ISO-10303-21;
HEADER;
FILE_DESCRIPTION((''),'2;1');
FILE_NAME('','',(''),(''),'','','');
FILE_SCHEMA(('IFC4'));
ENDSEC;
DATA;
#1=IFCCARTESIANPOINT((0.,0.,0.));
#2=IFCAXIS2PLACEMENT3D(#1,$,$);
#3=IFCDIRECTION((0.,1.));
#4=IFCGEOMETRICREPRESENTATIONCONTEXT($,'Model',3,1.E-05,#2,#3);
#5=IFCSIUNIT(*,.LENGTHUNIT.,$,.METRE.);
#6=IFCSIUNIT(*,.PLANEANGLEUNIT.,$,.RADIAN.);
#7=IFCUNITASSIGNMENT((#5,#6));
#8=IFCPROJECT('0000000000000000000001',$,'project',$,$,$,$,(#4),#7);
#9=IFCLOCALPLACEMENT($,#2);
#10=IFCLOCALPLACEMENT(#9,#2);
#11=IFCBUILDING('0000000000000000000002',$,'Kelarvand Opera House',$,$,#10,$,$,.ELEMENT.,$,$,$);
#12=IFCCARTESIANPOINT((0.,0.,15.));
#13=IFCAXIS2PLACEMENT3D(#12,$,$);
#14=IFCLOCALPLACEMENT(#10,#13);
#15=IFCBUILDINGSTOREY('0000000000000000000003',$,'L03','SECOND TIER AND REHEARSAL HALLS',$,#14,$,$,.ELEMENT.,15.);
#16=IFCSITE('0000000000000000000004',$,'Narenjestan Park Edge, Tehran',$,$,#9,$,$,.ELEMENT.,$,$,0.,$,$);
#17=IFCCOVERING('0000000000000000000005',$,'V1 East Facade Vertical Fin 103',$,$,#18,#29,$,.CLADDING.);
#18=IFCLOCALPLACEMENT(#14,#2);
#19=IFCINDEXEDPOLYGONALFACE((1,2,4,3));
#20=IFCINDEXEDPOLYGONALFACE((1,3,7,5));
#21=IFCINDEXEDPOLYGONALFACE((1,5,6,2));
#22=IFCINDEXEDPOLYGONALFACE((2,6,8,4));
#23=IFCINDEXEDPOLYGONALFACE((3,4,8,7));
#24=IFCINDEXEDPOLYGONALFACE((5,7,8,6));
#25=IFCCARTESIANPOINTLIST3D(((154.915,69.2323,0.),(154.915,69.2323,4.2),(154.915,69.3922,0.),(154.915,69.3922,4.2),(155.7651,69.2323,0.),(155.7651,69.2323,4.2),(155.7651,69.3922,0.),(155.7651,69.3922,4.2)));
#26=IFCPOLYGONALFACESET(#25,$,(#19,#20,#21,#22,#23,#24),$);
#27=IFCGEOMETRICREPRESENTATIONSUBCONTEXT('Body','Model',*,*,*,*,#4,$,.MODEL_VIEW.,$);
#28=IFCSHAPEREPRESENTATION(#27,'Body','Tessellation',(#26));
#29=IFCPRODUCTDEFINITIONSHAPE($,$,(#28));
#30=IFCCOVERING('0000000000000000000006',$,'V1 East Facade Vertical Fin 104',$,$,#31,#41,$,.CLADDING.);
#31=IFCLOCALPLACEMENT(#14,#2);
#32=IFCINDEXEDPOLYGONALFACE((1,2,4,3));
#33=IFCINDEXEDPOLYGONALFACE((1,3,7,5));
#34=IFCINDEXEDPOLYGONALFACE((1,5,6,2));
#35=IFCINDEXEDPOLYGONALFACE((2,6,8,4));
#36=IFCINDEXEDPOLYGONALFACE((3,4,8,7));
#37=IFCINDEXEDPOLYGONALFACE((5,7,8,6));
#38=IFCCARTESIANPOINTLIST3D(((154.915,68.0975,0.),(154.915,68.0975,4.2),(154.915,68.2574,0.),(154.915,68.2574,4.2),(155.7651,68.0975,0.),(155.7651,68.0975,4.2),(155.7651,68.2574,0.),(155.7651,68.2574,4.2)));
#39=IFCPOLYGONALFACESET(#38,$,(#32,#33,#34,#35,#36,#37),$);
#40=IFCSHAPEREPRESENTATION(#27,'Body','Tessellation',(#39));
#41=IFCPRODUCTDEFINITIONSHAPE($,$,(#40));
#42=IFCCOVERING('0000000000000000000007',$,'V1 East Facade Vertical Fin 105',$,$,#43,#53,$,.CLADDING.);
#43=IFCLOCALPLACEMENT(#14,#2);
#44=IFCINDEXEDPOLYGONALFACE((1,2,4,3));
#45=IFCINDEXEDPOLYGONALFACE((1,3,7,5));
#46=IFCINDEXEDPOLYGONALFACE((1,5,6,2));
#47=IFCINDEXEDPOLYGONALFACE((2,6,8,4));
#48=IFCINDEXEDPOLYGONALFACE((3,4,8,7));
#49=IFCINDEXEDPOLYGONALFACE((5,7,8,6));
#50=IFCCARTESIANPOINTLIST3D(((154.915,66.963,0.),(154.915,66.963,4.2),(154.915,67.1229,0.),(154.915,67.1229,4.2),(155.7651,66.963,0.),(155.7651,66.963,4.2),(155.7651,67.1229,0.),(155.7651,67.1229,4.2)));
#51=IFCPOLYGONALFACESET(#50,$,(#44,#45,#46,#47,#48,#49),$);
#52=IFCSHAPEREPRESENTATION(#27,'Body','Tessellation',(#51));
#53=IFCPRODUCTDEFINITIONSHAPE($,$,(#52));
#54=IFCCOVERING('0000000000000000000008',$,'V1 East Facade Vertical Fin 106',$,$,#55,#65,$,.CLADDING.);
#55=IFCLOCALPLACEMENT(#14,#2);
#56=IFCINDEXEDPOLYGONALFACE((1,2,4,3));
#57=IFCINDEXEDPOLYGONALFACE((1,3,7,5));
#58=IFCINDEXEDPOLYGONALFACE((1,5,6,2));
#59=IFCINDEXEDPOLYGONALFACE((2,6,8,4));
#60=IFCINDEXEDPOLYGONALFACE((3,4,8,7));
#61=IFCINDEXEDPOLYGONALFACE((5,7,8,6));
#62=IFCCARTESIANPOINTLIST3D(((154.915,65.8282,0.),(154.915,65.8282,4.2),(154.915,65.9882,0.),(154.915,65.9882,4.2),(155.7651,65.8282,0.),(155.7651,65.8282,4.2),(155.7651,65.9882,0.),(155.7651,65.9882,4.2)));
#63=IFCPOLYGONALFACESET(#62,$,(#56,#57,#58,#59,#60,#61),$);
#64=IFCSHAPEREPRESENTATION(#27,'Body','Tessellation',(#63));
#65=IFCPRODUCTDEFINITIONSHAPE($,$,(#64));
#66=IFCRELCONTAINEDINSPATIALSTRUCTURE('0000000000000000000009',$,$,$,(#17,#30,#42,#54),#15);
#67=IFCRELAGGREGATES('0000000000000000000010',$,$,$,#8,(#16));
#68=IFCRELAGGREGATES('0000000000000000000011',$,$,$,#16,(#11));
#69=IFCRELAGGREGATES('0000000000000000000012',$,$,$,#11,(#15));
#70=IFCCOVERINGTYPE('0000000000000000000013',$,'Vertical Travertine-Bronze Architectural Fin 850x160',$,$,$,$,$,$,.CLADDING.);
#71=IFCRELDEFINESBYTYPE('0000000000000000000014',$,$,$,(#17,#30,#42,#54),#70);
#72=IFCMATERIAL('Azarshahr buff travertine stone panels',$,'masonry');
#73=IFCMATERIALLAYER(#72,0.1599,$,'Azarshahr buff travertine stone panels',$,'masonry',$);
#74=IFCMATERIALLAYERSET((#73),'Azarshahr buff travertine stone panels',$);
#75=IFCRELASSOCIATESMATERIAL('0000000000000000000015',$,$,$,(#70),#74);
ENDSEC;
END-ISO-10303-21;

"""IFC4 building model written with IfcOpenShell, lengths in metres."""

from ifc_helpers import new_model, si_unit, direction, frame, origin, origin_2d, place, context, subcontext, project, spatial, rectangle, extrude, material, layer, layer_set, type_object, element, save


model = new_model("IFC4")

# Units and contexts
model_context = context("Model", 3, precision=1e-05, world=origin(), true_north=direction((0.0, 1.0)))
body_context = subcontext(model_context, "Body", "Model", "MODEL_VIEW")
ifc_project = project(units=[si_unit("LENGTHUNIT", "METRE"), si_unit("PLANEANGLEUNIT", "RADIAN")], contexts=[model_context])

# Site, building, storey
site_placement = place(None, origin())
site = spatial("IfcSite", under=ifc_project, at=site_placement, Name="Narenjestan Park Edge, Tehran", CompositionType="ELEMENT", RefElevation=0.0)
building_placement = place(site_placement, origin())
building = spatial("IfcBuilding", under=site, at=building_placement, Name="Kelarvand Opera House", CompositionType="ELEMENT")
storey_placement = place(building_placement, frame((0.0, 0.0, 15.0)))
storey = spatial("IfcBuildingStorey", under=building, at=storey_placement, Name="L03", Description="SECOND TIER AND REHEARSAL HALLS", CompositionType="ELEMENT", Elevation=15.0)

# Coverings
ifc_material_1 = material(Name="Azarshahr buff travertine stone panels", Category="masonry")
ifc_layer_1 = layer(ifc_material_1, 0.1599, Name="Azarshahr buff travertine stone panels", Category="masonry")
ifc_layer_set_1 = layer_set([ifc_layer_1], Name="Azarshahr buff travertine stone panels")
covering_type = type_object("IfcCoveringType", Name="Vertical Travertine-Bronze Architectural Fin 850x160", PredefinedType="CLADDING", material=ifc_layer_set_1)
for number, where, z_axis, x_axis, name in (
    (1, (155.3401, 69.3123, 0.0), (0.0, 0.0, 1.0), (1.0, 0.0, 0.0), "V1 East Facade Vertical Fin 103"),
    (2, (155.3401, 68.1775, 0.0), (0.0, 0.0, 1.0), (1.0, 0.0, 0.0), "V1 East Facade Vertical Fin 104"),
    (3, (155.3401, 67.043, 0.0), (0.0, 0.0, 1.0), (1.0, 0.0, 0.0), "V1 East Facade Vertical Fin 105"),
    (4, (155.3401, 65.9082, 0.0), (0.0, 0.0, 1.0), (1.0, 0.0, 0.0), "V1 East Facade Vertical Fin 106"),
):
    element("IfcCovering", number, at=place(storey_placement, frame(where, z_axis=z_axis, x_axis=x_axis)), inside=storey, type_object=covering_type, Name=name, PredefinedType="CLADDING", context=body_context, shape_type="SweptSolid", body=[
        extrude(rectangle(XDim=0.8501, YDim=0.1599, at=origin_2d()), origin(), (0.0, 0.0, 1.0), 4.2),
    ])

save(model, "model.ifc")
